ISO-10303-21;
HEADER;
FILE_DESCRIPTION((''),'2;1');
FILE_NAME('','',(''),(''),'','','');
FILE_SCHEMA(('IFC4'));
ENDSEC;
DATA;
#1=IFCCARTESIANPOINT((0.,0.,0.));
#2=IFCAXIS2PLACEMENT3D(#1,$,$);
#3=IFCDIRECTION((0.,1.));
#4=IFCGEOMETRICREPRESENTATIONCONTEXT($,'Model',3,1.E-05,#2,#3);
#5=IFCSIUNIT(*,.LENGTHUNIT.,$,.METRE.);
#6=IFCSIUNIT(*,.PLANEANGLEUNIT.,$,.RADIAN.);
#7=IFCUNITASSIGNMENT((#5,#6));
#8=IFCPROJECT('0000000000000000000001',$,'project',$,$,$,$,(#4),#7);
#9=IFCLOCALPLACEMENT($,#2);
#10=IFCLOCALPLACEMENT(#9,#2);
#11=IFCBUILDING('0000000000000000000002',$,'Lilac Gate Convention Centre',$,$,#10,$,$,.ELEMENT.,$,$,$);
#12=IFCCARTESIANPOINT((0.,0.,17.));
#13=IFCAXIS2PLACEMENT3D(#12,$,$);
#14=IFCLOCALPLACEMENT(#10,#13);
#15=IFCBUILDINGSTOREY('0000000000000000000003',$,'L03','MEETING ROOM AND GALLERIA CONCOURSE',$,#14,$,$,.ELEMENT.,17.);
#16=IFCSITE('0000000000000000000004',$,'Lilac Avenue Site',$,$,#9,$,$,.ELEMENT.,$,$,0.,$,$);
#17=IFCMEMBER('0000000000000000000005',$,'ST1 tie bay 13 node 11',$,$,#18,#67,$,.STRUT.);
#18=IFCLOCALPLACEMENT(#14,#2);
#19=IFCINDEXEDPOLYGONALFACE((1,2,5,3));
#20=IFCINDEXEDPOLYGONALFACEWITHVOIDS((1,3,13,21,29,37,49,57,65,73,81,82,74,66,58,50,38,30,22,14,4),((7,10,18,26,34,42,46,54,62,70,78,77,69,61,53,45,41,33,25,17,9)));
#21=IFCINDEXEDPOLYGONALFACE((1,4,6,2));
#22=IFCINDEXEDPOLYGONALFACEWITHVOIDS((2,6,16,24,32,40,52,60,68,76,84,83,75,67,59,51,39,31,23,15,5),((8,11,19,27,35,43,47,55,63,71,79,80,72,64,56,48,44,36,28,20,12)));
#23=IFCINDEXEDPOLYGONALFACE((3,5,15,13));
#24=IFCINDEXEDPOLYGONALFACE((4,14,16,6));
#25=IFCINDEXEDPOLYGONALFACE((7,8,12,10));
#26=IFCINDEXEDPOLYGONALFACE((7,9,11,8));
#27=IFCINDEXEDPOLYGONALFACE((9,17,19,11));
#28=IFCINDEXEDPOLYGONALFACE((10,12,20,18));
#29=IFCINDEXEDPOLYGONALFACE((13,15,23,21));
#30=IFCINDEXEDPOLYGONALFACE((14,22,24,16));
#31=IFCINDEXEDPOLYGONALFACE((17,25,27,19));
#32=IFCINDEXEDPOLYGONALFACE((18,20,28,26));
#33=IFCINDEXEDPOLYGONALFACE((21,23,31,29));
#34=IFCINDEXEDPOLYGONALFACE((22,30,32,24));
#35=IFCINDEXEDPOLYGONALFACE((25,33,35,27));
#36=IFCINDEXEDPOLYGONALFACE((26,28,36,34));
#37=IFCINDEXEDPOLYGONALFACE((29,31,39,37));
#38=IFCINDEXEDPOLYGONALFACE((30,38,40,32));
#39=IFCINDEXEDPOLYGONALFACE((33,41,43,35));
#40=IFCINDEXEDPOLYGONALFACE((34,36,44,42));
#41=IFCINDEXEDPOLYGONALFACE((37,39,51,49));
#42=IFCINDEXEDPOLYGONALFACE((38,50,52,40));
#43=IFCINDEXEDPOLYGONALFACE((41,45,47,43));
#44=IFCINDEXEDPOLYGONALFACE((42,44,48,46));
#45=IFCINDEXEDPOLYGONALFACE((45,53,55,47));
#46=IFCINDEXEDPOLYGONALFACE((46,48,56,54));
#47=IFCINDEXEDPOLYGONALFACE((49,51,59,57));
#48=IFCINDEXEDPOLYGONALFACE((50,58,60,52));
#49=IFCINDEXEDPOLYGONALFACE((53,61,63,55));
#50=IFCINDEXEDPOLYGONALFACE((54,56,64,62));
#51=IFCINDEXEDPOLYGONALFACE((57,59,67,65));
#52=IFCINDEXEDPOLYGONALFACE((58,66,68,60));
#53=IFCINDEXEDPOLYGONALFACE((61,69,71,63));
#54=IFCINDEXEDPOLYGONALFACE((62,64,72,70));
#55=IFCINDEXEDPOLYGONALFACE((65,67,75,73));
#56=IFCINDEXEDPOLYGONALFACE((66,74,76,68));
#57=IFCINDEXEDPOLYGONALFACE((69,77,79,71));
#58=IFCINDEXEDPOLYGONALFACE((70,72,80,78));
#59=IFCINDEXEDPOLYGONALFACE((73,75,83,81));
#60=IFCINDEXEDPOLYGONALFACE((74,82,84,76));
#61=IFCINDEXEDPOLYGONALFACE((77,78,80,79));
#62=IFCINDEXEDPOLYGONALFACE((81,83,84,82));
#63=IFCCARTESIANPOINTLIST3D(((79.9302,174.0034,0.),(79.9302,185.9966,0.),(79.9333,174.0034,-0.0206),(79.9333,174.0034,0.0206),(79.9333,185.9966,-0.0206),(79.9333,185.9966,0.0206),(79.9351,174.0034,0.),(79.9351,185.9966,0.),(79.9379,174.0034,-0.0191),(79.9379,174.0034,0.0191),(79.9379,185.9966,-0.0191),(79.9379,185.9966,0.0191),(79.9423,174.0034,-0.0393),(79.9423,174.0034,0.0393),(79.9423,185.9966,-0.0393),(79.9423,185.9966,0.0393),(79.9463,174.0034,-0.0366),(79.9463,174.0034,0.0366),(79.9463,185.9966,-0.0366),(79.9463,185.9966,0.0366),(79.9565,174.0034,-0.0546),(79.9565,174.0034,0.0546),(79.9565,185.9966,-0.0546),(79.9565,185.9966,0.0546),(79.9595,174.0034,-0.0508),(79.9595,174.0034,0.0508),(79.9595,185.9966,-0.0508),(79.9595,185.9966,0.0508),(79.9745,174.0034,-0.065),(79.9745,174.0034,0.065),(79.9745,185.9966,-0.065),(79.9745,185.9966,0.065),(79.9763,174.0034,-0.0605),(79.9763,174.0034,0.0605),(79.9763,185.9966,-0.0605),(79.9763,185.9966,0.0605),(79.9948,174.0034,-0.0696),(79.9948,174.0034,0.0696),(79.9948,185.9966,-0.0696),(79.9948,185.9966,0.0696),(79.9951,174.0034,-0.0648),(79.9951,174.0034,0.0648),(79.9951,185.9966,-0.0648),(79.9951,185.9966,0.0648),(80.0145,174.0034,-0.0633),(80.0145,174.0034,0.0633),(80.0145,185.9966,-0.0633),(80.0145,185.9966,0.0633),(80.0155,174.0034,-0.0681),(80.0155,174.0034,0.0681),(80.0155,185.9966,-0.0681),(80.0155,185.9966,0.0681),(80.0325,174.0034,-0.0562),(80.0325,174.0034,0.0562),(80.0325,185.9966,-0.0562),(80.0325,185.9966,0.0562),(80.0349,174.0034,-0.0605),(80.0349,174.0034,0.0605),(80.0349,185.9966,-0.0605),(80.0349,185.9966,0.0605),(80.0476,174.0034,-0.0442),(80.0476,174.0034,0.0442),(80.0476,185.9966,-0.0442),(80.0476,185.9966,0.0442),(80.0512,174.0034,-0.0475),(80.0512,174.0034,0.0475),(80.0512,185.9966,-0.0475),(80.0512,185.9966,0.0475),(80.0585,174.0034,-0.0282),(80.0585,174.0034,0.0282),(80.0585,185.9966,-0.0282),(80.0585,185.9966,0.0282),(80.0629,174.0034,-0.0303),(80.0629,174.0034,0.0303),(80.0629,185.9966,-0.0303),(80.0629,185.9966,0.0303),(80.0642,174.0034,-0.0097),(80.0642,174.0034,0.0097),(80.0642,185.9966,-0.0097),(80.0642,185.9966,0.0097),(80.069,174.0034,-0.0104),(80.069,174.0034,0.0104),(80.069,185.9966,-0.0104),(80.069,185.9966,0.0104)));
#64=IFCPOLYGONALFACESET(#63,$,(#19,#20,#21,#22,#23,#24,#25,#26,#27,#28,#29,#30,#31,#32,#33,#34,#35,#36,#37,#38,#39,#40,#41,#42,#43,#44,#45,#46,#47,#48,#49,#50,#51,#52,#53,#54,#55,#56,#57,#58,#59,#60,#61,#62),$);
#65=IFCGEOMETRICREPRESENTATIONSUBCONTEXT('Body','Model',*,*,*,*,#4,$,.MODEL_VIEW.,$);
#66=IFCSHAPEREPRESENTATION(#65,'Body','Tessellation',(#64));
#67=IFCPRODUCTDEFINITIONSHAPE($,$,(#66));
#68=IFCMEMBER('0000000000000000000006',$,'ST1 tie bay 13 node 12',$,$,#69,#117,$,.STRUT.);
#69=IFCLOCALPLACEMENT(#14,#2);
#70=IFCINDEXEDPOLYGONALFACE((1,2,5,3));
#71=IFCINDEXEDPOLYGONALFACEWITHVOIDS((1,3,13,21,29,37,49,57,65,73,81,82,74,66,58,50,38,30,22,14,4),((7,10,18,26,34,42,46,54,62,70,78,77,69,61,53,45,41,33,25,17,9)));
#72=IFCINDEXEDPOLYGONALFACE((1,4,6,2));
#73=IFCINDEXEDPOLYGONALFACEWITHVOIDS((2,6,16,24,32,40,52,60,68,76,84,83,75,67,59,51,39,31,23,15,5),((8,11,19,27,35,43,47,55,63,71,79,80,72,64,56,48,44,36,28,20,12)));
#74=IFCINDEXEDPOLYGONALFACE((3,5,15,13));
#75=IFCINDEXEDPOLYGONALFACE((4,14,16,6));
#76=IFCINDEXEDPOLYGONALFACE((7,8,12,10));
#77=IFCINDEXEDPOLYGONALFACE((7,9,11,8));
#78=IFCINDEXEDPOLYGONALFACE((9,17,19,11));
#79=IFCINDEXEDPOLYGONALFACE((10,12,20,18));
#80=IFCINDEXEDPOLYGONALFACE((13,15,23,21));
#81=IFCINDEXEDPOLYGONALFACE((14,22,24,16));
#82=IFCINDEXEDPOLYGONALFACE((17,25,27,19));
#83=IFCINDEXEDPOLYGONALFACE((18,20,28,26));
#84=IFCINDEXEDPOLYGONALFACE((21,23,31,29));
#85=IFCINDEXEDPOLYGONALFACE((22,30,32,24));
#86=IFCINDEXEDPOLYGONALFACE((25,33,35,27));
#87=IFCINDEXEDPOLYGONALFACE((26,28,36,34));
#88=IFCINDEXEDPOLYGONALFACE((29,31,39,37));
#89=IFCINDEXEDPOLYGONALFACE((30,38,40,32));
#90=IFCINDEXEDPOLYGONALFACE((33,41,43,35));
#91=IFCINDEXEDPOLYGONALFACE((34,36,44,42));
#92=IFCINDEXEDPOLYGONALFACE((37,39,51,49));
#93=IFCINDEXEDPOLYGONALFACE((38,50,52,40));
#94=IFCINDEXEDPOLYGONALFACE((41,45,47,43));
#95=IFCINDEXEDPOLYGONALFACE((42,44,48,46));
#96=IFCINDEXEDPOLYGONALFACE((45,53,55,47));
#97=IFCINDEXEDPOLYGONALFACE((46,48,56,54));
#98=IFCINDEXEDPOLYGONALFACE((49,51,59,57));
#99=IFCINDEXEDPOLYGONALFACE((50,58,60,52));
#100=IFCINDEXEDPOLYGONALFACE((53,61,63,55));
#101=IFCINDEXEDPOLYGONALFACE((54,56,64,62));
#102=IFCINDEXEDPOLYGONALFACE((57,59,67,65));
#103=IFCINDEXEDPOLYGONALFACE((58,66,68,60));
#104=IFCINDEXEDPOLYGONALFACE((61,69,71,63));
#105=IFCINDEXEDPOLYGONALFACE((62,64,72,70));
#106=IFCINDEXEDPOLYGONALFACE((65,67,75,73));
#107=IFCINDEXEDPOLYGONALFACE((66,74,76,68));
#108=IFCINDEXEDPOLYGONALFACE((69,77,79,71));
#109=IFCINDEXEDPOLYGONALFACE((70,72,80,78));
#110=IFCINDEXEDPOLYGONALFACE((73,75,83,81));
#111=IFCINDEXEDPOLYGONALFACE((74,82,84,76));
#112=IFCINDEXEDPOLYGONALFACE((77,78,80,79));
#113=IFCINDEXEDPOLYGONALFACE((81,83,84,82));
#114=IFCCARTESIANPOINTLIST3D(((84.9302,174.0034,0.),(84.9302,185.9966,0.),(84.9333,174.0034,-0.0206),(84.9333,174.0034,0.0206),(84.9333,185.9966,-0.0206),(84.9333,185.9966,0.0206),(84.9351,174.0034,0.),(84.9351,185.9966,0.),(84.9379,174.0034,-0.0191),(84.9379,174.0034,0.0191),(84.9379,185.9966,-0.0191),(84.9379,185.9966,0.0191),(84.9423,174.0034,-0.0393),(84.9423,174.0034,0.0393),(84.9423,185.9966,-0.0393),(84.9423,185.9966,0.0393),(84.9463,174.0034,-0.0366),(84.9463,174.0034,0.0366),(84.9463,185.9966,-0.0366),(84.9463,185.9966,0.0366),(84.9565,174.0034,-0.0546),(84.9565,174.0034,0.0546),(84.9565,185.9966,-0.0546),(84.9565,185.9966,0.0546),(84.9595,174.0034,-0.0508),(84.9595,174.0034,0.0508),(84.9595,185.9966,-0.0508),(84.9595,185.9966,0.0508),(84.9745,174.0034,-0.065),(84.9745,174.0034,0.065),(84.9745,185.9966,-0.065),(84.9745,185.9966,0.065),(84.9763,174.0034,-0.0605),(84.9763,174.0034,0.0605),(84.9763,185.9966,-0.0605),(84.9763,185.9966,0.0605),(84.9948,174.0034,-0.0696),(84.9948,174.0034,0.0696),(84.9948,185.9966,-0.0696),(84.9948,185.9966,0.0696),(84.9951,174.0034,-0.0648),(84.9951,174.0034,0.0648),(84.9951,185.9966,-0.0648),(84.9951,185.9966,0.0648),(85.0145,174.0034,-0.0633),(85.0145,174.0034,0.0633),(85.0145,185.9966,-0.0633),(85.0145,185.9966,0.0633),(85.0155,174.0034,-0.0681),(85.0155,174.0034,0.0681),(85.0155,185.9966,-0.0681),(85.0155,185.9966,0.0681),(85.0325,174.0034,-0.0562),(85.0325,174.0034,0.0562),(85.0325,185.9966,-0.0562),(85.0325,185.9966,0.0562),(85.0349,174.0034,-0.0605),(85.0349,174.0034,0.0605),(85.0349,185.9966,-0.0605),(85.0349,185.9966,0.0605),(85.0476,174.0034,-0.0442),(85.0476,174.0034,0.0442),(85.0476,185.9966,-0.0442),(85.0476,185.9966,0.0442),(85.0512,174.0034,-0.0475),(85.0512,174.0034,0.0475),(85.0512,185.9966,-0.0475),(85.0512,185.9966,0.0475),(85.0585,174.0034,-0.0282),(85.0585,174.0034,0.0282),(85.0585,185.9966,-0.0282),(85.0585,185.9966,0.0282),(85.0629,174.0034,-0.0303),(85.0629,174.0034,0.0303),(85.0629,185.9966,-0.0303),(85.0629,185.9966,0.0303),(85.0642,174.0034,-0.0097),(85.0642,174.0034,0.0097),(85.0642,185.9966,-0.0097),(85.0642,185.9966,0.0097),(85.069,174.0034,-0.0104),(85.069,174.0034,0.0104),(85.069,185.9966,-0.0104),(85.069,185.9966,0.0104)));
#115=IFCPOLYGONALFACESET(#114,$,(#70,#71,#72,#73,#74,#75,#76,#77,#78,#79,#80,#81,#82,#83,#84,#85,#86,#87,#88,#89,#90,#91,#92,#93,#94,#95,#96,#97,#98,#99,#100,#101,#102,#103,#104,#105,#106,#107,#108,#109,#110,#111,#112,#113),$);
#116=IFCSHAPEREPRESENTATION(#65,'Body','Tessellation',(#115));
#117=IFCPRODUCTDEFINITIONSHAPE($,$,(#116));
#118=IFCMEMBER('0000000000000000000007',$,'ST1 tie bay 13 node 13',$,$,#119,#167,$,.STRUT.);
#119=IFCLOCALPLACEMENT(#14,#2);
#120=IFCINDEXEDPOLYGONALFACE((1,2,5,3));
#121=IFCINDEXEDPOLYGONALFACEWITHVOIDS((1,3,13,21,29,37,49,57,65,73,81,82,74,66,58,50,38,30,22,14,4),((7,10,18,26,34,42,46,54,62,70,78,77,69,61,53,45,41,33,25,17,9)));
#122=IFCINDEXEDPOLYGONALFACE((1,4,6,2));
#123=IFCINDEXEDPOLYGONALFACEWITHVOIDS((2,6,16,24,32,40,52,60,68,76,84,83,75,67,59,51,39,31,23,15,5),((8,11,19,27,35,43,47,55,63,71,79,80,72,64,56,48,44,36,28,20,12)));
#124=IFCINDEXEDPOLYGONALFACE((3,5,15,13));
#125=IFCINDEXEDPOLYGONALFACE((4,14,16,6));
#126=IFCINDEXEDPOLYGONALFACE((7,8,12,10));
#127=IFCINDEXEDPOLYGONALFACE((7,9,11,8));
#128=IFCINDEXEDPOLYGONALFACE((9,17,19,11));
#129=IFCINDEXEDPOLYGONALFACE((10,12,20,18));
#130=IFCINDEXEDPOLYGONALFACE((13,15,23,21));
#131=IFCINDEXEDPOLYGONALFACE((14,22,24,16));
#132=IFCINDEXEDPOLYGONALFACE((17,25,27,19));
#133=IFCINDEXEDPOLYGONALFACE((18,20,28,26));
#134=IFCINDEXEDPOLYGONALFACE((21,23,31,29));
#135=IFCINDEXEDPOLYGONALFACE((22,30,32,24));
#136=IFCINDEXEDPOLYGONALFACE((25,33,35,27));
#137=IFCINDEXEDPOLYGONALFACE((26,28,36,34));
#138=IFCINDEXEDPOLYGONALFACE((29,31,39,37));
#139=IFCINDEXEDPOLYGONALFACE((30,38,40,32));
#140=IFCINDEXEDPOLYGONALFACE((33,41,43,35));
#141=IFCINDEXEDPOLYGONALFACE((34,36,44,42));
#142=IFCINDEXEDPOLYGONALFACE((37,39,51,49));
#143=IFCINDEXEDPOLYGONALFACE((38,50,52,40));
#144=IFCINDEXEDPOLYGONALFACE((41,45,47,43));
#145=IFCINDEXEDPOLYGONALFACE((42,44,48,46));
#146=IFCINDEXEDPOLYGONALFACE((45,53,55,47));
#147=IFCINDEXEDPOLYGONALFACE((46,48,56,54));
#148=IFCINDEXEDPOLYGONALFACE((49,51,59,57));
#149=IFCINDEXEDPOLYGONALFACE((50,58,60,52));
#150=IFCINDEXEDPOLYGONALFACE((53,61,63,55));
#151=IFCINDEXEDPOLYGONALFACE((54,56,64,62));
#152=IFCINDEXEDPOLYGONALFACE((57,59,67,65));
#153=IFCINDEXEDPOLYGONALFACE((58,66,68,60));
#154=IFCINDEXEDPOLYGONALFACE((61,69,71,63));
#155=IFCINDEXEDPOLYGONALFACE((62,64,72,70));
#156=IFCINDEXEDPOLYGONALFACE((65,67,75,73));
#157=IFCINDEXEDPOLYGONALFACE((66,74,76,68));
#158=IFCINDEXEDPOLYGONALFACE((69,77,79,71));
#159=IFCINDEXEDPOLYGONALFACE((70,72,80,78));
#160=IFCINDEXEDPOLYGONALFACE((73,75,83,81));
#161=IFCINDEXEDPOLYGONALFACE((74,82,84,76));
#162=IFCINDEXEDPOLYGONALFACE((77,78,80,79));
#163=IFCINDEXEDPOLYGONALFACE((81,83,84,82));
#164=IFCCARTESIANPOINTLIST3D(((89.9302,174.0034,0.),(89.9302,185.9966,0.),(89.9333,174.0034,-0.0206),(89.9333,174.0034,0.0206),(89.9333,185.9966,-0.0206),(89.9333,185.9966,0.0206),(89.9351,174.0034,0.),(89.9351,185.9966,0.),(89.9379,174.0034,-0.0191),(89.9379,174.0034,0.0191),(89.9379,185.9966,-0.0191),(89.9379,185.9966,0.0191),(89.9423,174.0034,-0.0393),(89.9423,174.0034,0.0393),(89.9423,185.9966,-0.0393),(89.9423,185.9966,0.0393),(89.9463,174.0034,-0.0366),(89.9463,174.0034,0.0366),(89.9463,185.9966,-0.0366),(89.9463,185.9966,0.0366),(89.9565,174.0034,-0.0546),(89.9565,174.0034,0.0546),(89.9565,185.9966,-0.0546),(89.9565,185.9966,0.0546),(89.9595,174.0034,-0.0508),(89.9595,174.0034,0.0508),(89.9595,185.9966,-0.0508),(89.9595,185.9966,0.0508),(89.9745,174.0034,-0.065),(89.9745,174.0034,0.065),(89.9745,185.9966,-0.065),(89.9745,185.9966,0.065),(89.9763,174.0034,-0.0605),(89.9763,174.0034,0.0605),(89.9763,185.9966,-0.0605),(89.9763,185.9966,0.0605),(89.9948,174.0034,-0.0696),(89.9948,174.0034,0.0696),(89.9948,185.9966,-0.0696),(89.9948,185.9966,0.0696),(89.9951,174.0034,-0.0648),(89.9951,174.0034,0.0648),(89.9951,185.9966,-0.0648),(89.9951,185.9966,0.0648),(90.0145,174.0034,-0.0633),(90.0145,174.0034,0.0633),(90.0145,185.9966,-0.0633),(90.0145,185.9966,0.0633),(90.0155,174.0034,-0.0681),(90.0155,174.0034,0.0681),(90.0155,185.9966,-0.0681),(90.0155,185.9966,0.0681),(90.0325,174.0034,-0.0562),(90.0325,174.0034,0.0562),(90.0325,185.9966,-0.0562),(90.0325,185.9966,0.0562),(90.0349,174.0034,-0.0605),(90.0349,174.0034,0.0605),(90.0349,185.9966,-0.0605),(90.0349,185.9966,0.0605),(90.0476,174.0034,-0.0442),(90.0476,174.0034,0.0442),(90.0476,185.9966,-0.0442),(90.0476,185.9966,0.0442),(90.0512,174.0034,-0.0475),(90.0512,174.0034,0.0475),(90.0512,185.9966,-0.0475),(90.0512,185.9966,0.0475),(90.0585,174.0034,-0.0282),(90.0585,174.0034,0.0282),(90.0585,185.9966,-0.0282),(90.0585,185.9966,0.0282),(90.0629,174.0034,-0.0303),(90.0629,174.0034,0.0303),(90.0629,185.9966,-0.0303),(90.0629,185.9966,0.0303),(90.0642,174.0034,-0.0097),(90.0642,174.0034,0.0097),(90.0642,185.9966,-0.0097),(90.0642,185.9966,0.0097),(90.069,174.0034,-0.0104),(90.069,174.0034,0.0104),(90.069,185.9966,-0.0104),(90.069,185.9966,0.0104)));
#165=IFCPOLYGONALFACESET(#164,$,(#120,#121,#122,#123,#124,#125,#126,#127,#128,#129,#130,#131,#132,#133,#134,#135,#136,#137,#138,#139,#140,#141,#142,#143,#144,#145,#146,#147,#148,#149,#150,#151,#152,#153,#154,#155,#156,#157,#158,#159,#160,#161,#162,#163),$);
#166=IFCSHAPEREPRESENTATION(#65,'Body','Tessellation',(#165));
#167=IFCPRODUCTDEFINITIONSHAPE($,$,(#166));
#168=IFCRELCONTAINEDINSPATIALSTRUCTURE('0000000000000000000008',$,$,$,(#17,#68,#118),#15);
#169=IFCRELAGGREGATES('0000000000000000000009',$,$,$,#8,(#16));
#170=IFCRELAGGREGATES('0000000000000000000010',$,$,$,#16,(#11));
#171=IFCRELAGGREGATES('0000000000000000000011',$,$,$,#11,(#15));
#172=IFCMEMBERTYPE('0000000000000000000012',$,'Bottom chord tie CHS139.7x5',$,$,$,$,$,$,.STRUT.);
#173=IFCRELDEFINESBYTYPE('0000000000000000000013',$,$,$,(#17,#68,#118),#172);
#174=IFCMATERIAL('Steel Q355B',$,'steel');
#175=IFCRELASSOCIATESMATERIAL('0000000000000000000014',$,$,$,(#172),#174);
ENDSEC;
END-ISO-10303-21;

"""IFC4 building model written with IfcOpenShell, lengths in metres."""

from ifc_helpers import new_model, si_unit, direction, frame, origin, origin_2d, place, context, subcontext, project, spatial, hollow_circle, extrude, material, material_profile, profile_set, type_object, element, save


model = new_model("IFC4")

# Units and contexts
model_context = context("Model", 3, precision=1e-05, world=origin(), true_north=direction((0.0, 1.0)))
body_context = subcontext(model_context, "Body", "Model", "MODEL_VIEW")
ifc_project = project(units=[si_unit("LENGTHUNIT", "METRE"), si_unit("PLANEANGLEUNIT", "RADIAN")], contexts=[model_context])

# Site, building, storey
site_placement = place(None, origin())
site = spatial("IfcSite", under=ifc_project, at=site_placement, Name="Lilac Avenue Site", CompositionType="ELEMENT", RefElevation=0.0)
building_placement = place(site_placement, origin())
building = spatial("IfcBuilding", under=site, at=building_placement, Name="Lilac Gate Convention Centre", CompositionType="ELEMENT")
storey_placement = place(building_placement, frame((0.0, 0.0, 17.0)))
storey = spatial("IfcBuildingStorey", under=building, at=storey_placement, Name="L03", Description="MEETING ROOM AND GALLERIA CONCOURSE", CompositionType="ELEMENT", Elevation=17.0)

# Members
ifc_material = material(Name="Steel Q355B", Category="steel")
ifc_material_profile_1 = material_profile(ifc_material, hollow_circle(Radius=0.0698, WallThickness=0.0049, at=origin_2d()), Name="CHS139.7x5")
ifc_profile_set_1 = profile_set([ifc_material_profile_1], Name="Steel Q355B")
member_type_1 = type_object("IfcMemberType", Name="Bottom chord tie CHS139.7x5", PredefinedType="STRUT", material=ifc_profile_set_1)
for number, where, z_axis, x_axis, name in (
    (1, (80.0, 174.0034, 0.0), (0.0, 1.0, 0.0), (-1.0, 0.0, 0.0), "ST1 tie bay 13 node 11"),
    (2, (85.0, 174.0034, 0.0), (0.0, 1.0, 0.0), (-1.0, 0.0, 0.0), "ST1 tie bay 13 node 12"),
    (3, (90.0, 174.0034, 0.0), (0.0, 1.0, 0.0), (-1.0, 0.0, 0.0), "ST1 tie bay 13 node 13"),
):
    element("IfcMember", number, at=place(storey_placement, frame(where, z_axis=z_axis, x_axis=x_axis)), inside=storey, type_object=member_type_1, Name=name, PredefinedType="STRUT", context=body_context, shape_type="SweptSolid", body=[
        extrude(hollow_circle(Radius=0.0698, WallThickness=0.0049, at=origin_2d()), origin(), (0.0, 0.0, 1.0), 11.9932),
    ])

save(model, "model.ifc")
